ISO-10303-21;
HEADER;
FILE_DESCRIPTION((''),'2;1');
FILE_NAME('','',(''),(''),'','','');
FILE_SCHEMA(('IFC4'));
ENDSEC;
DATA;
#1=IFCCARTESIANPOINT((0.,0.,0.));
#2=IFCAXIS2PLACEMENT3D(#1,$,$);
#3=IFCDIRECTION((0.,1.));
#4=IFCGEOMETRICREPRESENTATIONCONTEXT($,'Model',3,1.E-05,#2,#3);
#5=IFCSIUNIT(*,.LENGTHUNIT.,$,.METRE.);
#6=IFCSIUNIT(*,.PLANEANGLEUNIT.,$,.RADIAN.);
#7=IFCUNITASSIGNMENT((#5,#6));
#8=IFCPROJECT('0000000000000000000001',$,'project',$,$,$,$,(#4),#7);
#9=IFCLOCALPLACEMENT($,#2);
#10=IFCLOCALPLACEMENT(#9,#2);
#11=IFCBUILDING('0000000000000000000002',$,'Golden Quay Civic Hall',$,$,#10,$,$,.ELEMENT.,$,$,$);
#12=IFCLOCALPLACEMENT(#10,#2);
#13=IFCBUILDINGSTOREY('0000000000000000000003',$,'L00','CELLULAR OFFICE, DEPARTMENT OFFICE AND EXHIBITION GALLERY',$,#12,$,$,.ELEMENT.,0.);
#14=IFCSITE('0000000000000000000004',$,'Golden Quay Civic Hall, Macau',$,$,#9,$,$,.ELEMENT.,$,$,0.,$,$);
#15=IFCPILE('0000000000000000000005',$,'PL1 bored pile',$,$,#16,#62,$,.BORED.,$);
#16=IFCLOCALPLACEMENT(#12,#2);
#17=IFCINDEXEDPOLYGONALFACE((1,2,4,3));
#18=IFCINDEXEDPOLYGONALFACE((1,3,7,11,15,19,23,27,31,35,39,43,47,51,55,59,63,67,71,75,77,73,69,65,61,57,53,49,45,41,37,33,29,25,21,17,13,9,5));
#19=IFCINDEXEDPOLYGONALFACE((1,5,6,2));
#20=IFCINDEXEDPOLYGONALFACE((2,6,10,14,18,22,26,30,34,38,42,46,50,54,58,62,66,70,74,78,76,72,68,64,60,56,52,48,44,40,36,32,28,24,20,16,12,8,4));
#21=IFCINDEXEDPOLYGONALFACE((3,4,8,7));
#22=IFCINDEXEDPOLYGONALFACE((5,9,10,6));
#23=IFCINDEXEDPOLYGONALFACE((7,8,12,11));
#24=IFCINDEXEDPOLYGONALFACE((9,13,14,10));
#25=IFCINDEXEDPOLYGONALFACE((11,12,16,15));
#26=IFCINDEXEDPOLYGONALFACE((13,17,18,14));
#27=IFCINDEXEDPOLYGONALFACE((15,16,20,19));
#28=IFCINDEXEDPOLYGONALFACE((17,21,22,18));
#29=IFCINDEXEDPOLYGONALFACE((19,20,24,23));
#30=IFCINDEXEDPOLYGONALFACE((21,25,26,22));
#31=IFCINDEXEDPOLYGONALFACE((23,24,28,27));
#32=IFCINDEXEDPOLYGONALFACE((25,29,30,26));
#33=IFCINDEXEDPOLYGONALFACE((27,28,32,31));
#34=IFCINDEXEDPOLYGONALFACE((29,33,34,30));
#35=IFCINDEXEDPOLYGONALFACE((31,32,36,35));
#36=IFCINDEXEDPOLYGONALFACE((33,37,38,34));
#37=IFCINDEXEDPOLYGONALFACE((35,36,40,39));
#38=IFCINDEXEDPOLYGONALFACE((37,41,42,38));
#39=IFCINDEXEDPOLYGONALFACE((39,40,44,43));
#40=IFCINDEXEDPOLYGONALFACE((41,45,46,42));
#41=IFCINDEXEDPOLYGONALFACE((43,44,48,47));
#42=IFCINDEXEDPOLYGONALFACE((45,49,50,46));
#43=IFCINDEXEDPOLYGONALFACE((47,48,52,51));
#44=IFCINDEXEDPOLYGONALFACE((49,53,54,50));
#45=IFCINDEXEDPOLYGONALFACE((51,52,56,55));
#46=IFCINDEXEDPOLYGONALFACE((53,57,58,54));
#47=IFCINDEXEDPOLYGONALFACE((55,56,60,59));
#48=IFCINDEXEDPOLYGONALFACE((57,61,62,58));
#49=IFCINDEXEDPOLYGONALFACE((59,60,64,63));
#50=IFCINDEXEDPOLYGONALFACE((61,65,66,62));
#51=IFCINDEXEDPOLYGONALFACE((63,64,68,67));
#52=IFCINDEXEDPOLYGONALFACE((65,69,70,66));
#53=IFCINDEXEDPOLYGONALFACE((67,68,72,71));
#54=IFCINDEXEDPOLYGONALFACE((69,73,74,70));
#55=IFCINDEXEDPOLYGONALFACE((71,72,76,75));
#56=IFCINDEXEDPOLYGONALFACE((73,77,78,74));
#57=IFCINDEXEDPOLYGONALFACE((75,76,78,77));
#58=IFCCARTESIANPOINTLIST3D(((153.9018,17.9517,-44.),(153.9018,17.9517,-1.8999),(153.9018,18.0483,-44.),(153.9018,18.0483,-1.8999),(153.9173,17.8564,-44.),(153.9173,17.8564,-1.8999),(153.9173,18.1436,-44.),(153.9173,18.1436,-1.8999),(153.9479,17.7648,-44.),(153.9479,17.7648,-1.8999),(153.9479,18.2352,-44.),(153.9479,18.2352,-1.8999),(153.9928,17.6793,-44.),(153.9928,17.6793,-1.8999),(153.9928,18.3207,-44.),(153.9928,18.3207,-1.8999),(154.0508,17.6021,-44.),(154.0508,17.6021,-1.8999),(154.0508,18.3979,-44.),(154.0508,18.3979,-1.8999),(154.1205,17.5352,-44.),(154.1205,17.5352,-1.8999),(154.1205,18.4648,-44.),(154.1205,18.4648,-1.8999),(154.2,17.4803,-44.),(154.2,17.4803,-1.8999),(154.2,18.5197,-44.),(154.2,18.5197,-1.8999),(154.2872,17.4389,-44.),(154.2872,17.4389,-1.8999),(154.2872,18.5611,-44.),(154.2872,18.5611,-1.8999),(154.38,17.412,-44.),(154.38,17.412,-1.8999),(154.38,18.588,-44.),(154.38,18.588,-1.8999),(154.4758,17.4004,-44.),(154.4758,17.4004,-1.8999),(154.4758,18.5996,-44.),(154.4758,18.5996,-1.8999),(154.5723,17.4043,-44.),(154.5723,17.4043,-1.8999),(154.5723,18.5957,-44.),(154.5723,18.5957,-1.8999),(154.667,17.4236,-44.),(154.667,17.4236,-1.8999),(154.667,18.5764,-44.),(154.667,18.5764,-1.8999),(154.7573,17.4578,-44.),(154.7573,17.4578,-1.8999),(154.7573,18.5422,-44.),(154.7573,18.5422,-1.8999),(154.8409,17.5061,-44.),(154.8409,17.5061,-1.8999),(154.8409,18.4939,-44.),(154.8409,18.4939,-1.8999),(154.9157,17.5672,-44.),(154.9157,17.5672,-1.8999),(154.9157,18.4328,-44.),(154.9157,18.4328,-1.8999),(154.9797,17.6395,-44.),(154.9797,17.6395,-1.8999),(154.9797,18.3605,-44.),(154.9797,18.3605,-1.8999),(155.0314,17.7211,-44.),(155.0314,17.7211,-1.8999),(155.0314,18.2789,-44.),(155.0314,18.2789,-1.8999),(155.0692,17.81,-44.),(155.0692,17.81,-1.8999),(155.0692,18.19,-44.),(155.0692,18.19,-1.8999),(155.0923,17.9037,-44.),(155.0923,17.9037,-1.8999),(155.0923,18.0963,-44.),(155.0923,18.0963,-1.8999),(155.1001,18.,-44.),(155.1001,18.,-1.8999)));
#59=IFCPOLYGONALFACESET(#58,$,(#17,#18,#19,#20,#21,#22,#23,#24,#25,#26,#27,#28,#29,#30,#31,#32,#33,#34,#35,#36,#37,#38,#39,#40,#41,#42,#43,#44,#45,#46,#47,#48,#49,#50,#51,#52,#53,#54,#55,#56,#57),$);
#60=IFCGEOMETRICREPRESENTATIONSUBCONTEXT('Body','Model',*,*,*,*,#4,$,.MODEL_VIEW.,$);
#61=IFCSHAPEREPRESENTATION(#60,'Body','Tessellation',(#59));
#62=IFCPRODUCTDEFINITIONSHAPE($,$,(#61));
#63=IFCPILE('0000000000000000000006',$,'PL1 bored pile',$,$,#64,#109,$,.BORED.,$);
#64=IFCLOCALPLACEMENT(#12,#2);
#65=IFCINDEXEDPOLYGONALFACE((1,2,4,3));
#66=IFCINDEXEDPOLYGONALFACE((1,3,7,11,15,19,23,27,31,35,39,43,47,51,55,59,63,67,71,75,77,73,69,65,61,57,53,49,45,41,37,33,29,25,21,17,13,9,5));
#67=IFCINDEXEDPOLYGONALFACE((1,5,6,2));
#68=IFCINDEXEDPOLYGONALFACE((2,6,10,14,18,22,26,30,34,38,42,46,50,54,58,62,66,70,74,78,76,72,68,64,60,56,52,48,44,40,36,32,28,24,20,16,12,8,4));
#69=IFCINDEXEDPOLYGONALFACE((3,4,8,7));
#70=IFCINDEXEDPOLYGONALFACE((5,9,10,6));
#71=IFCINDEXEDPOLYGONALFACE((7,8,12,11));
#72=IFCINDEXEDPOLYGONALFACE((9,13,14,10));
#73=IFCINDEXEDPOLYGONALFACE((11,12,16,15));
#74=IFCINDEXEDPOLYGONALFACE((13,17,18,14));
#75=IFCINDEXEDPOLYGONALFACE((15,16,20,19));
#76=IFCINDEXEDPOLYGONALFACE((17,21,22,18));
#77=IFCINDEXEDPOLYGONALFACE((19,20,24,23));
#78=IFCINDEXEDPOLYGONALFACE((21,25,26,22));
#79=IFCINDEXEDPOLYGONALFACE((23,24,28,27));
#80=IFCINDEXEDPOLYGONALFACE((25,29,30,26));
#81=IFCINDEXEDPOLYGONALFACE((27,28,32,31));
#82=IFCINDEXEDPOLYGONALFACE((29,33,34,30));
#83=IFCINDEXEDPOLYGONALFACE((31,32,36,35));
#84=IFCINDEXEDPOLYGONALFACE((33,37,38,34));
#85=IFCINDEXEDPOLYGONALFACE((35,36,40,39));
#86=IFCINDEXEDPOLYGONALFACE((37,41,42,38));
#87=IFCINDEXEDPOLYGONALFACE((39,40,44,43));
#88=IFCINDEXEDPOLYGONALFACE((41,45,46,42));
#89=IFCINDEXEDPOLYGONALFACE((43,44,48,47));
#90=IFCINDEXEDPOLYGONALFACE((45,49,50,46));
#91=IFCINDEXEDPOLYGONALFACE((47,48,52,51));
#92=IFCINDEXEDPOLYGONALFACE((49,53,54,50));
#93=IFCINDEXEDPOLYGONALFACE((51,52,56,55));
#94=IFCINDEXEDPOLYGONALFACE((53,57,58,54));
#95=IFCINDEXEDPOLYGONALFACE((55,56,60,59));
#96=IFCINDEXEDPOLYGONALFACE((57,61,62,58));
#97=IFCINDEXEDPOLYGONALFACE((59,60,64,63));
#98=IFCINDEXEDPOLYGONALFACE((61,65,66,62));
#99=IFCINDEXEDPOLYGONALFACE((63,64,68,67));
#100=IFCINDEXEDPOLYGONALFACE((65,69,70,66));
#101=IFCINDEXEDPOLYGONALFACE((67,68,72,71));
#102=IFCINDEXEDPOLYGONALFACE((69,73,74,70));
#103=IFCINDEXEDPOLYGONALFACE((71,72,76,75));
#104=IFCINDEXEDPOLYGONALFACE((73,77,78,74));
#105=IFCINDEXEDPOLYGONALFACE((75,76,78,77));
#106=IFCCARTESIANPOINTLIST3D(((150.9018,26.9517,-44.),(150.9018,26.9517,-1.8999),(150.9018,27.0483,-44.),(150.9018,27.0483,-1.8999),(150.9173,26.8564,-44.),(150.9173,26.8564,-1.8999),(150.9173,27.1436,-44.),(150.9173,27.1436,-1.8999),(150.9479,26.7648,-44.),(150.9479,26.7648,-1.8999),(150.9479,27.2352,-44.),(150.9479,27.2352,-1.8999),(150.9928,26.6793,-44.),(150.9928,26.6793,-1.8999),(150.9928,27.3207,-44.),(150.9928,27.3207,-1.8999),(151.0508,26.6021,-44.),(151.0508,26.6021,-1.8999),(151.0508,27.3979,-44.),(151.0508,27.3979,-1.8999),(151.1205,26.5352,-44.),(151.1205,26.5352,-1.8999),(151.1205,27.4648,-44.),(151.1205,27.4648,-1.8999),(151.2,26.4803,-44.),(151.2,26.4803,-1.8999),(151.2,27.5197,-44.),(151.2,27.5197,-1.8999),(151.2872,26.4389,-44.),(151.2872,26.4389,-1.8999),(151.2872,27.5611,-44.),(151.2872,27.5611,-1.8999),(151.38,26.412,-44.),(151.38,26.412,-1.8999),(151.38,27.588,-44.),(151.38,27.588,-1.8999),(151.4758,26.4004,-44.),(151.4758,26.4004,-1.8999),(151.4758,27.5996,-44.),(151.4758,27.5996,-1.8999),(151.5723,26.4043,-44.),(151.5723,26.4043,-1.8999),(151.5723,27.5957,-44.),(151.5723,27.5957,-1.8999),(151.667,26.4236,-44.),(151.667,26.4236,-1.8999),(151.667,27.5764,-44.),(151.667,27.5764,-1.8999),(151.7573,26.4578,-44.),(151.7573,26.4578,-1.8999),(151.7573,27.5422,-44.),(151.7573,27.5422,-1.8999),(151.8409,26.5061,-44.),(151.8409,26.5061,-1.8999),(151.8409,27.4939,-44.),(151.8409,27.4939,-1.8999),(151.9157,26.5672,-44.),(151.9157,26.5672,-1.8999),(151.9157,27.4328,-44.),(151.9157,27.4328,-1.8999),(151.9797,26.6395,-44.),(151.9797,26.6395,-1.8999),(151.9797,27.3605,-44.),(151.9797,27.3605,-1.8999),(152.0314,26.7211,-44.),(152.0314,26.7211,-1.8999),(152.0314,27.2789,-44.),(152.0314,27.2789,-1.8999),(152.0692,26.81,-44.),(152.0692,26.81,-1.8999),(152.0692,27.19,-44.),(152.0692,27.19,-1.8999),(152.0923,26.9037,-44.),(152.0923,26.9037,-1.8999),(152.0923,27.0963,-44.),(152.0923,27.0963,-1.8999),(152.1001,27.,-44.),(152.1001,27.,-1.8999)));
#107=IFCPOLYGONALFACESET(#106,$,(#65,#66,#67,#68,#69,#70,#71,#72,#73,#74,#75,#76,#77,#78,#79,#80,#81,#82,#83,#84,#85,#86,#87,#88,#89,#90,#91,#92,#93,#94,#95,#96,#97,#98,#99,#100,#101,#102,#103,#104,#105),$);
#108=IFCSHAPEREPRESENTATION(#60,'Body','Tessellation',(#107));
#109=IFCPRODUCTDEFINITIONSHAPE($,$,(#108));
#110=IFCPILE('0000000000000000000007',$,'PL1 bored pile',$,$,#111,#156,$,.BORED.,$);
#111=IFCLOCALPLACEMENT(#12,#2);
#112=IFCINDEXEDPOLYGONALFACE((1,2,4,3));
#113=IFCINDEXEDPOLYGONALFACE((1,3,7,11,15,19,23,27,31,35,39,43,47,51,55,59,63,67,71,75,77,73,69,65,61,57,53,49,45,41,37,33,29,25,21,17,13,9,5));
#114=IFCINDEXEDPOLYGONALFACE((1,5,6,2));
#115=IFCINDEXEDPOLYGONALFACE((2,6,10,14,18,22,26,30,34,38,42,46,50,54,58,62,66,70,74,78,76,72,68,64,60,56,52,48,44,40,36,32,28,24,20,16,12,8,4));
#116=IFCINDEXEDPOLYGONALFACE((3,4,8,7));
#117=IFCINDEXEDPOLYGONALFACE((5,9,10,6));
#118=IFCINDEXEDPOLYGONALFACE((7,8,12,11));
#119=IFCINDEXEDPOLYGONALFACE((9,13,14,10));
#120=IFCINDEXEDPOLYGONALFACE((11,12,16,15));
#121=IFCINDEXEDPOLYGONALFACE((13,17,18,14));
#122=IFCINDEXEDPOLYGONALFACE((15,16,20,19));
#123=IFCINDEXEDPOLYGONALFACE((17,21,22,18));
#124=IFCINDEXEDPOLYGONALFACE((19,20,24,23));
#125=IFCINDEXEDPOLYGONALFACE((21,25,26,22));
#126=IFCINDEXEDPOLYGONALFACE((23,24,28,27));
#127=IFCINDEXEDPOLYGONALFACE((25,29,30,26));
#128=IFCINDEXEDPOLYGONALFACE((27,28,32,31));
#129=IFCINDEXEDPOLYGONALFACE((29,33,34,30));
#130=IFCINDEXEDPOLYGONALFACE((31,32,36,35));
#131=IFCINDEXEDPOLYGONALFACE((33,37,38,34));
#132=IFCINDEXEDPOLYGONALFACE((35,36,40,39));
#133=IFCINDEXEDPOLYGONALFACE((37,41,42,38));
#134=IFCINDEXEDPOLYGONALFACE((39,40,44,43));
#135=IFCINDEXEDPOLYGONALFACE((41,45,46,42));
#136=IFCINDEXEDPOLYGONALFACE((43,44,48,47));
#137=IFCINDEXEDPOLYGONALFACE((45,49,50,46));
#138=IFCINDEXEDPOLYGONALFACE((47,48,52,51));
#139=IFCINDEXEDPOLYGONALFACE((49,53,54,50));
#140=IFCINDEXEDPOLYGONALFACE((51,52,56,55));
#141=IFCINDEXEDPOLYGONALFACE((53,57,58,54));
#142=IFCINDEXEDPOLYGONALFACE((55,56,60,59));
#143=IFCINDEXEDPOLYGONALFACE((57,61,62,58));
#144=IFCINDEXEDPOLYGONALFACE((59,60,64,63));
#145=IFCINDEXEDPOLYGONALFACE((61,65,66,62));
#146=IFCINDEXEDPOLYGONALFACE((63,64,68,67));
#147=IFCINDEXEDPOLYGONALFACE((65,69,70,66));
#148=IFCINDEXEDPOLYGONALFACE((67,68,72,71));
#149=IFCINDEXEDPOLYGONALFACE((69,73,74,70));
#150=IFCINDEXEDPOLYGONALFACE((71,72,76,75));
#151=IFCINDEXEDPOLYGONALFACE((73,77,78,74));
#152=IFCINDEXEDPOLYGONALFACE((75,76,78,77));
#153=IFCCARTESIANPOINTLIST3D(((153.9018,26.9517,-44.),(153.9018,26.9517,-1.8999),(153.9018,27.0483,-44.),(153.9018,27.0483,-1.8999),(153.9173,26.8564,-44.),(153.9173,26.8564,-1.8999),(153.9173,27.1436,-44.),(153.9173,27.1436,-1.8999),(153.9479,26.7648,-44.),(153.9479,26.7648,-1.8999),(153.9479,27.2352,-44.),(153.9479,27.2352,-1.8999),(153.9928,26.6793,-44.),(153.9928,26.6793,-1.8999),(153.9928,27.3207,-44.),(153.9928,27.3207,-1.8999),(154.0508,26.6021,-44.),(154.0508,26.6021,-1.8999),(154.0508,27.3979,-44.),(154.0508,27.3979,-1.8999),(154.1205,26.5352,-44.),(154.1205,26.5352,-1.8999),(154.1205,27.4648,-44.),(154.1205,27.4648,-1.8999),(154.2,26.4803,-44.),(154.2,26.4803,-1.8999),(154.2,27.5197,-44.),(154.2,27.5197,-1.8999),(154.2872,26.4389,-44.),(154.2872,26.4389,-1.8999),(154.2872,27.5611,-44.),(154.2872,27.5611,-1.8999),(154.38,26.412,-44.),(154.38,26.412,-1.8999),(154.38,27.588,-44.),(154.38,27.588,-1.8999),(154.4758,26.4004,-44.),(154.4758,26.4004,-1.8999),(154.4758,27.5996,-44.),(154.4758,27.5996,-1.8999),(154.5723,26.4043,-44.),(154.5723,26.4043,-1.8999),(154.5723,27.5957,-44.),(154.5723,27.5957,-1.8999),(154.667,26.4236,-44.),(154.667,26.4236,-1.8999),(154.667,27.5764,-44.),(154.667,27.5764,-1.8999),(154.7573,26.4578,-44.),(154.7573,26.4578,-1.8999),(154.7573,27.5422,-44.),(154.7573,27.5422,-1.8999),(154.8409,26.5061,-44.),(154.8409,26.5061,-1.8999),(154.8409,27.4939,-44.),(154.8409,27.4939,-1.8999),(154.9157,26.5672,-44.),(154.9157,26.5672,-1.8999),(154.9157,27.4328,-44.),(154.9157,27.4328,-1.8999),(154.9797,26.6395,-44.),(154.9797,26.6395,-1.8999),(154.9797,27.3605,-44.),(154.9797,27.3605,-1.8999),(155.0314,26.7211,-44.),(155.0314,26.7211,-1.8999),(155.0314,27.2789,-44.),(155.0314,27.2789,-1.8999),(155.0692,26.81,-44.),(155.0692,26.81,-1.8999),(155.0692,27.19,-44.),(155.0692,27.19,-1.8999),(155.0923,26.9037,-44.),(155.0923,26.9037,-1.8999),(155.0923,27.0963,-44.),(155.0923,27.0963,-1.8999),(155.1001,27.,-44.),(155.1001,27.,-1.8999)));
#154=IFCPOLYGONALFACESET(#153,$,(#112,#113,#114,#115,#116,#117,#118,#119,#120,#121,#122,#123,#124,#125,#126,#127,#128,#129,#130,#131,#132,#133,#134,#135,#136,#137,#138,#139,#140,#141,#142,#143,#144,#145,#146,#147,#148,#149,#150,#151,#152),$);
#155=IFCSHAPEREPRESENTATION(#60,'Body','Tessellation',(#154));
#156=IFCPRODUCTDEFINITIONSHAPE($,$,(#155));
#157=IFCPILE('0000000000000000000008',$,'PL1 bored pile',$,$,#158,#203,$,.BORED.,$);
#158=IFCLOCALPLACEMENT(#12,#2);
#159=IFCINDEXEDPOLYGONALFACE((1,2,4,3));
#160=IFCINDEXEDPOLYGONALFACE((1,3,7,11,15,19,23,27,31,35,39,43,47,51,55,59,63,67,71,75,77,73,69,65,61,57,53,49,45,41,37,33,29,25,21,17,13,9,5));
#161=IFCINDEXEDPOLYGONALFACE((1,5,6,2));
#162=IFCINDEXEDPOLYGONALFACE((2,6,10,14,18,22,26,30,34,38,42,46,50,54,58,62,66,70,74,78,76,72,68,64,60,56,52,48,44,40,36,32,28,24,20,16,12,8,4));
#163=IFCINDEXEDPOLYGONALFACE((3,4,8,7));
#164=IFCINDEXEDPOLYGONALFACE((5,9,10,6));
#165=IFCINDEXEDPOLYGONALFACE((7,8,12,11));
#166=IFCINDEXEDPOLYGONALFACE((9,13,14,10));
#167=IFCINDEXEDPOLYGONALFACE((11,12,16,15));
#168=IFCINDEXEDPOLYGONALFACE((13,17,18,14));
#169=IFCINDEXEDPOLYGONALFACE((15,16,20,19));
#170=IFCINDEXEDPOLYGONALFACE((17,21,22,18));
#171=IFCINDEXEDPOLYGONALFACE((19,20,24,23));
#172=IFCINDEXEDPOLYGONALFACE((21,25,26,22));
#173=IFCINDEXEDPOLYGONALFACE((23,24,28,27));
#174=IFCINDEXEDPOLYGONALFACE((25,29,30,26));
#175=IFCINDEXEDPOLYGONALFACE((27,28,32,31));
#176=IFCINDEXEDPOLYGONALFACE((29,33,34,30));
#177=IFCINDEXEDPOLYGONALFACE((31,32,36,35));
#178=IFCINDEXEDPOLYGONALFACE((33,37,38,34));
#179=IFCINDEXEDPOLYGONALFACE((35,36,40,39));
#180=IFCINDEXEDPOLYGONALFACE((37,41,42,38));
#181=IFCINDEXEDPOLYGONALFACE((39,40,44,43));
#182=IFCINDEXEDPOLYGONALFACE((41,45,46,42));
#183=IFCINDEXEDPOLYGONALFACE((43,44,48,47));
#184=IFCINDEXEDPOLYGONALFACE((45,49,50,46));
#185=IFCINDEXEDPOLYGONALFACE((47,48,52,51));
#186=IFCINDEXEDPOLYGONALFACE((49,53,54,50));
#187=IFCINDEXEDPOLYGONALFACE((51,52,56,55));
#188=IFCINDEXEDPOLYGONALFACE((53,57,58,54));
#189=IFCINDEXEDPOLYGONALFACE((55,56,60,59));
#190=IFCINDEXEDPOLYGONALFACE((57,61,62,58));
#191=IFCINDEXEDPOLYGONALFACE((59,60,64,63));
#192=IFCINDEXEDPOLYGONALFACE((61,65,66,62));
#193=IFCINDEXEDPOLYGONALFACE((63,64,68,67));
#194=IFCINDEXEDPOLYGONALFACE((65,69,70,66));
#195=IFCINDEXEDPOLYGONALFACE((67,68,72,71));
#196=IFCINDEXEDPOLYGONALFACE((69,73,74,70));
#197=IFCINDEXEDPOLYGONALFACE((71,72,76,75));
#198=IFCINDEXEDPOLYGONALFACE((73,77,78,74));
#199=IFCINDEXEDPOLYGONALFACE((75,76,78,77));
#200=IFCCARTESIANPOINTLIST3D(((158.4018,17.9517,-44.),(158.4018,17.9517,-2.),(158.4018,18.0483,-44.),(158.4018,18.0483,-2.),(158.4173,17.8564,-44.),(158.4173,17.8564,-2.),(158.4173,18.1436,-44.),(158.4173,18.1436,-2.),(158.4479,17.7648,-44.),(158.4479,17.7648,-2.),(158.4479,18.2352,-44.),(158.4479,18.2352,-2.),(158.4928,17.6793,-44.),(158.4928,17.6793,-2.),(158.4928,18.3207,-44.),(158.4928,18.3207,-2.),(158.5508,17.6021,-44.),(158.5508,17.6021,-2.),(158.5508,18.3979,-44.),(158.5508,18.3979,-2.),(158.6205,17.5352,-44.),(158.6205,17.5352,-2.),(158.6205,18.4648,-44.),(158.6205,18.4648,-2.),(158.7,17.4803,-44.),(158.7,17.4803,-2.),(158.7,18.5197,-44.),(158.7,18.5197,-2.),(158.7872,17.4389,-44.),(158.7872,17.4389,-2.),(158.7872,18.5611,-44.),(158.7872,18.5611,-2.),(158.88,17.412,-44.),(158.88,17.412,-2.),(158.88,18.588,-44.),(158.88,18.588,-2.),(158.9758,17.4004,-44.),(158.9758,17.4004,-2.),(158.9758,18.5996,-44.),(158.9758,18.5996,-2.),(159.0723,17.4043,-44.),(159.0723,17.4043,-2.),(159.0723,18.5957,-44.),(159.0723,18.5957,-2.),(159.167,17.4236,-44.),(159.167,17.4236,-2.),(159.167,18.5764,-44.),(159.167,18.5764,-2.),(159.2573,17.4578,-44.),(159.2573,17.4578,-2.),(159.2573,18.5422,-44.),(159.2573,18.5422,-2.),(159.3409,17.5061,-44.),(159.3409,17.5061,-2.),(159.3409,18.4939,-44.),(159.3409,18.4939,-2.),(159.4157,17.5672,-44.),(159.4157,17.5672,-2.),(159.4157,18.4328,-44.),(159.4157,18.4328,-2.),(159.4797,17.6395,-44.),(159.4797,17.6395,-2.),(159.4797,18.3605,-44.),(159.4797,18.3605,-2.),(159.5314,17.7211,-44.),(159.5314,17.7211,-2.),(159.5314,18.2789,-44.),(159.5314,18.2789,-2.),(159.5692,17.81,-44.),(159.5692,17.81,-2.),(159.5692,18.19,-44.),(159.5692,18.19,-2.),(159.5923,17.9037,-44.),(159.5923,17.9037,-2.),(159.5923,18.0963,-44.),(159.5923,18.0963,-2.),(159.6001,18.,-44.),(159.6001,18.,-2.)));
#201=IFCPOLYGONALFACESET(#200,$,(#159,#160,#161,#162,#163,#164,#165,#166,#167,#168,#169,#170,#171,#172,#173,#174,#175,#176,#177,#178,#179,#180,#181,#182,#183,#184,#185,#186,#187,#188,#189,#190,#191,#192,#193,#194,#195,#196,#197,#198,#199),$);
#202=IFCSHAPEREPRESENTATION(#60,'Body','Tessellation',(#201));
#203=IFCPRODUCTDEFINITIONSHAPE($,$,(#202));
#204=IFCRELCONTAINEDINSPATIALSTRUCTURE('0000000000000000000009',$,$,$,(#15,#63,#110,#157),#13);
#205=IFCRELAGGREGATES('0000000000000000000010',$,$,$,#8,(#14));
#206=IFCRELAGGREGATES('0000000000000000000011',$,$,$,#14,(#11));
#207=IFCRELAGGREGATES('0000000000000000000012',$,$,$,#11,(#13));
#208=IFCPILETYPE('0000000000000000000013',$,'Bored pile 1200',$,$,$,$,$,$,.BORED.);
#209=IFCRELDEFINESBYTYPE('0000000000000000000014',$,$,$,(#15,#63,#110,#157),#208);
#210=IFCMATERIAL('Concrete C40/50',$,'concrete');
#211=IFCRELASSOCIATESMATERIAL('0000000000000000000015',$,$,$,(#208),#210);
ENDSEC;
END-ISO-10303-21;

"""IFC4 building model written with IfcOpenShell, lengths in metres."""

from ifc_helpers import new_model, si_unit, direction, frame, origin, origin_2d, place, context, subcontext, project, spatial, circle, extrude, material, material_profile, profile_set, type_object, element, save


model = new_model("IFC4")

# Units and contexts
model_context = context("Model", 3, precision=1e-05, world=origin(), true_north=direction((0.0, 1.0)))
body_context = subcontext(model_context, "Body", "Model", "MODEL_VIEW")
ifc_project = project(units=[si_unit("LENGTHUNIT", "METRE"), si_unit("PLANEANGLEUNIT", "RADIAN")], contexts=[model_context])

# Site, building, storey
site_placement = place(None, origin())
site = spatial("IfcSite", under=ifc_project, at=site_placement, Name="Golden Quay Civic Hall, Macau", CompositionType="ELEMENT", RefElevation=0.0)
building_placement = place(site_placement, origin())
building = spatial("IfcBuilding", under=site, at=building_placement, Name="Golden Quay Civic Hall", CompositionType="ELEMENT")
storey_placement = place(building_placement, origin())
storey = spatial("IfcBuildingStorey", under=building, at=storey_placement, Name="L00", Description="CELLULAR OFFICE, DEPARTMENT OFFICE AND EXHIBITION GALLERY", CompositionType="ELEMENT", Elevation=0.0)

# Piles
ifc_material_1 = material(Name="Concrete C40/50", Category="concrete")
ifc_material_profile_1 = material_profile(ifc_material_1, circle(Radius=0.6001, at=origin_2d()), Name="RC D1200")
ifc_profile_set_1 = profile_set([ifc_material_profile_1], Name="Concrete C40/50")
pile_type = type_object("IfcPileType", Name="Bored pile 1200", PredefinedType="BORED", material=ifc_profile_set_1)
for number, where, z_axis, x_axis, name in (
    (1, (154.5, 18.0, -1.8999), (0.0, 0.0, -1.0), (1.0, 0.0, 0.0), "PL1 bored pile"),
    (2, (151.5, 27.0, -1.8999), (0.0, 0.0, -1.0), (1.0, 0.0, 0.0), "PL1 bored pile"),
    (3, (154.5, 27.0, -1.8999), (0.0, 0.0, -1.0), (1.0, 0.0, 0.0), "PL1 bored pile"),
):
    element("IfcPile", number, at=place(storey_placement, frame(where, z_axis=z_axis, x_axis=x_axis)), inside=storey, type_object=pile_type, Name=name, PredefinedType="BORED", context=body_context, shape_type="SweptSolid", body=[
        extrude(circle(Radius=0.6001, at=origin_2d()), origin(), (0.0, 0.0, 1.0), 42.1001),
    ])
for number, where, z_axis, x_axis, name in (
    (4, (159.0, 18.0, -2.0), (0.0, 0.0, -1.0), (1.0, 0.0, 0.0), "PL1 bored pile"),
):
    element("IfcPile", number, at=place(storey_placement, frame(where, z_axis=z_axis, x_axis=x_axis)), inside=storey, type_object=pile_type, Name=name, PredefinedType="BORED", context=body_context, shape_type="SweptSolid", body=[
        extrude(circle(Radius=0.6001, at=origin_2d()), origin(), (0.0, 0.0, 1.0), 42.0),
    ])

save(model, "model.ifc")
